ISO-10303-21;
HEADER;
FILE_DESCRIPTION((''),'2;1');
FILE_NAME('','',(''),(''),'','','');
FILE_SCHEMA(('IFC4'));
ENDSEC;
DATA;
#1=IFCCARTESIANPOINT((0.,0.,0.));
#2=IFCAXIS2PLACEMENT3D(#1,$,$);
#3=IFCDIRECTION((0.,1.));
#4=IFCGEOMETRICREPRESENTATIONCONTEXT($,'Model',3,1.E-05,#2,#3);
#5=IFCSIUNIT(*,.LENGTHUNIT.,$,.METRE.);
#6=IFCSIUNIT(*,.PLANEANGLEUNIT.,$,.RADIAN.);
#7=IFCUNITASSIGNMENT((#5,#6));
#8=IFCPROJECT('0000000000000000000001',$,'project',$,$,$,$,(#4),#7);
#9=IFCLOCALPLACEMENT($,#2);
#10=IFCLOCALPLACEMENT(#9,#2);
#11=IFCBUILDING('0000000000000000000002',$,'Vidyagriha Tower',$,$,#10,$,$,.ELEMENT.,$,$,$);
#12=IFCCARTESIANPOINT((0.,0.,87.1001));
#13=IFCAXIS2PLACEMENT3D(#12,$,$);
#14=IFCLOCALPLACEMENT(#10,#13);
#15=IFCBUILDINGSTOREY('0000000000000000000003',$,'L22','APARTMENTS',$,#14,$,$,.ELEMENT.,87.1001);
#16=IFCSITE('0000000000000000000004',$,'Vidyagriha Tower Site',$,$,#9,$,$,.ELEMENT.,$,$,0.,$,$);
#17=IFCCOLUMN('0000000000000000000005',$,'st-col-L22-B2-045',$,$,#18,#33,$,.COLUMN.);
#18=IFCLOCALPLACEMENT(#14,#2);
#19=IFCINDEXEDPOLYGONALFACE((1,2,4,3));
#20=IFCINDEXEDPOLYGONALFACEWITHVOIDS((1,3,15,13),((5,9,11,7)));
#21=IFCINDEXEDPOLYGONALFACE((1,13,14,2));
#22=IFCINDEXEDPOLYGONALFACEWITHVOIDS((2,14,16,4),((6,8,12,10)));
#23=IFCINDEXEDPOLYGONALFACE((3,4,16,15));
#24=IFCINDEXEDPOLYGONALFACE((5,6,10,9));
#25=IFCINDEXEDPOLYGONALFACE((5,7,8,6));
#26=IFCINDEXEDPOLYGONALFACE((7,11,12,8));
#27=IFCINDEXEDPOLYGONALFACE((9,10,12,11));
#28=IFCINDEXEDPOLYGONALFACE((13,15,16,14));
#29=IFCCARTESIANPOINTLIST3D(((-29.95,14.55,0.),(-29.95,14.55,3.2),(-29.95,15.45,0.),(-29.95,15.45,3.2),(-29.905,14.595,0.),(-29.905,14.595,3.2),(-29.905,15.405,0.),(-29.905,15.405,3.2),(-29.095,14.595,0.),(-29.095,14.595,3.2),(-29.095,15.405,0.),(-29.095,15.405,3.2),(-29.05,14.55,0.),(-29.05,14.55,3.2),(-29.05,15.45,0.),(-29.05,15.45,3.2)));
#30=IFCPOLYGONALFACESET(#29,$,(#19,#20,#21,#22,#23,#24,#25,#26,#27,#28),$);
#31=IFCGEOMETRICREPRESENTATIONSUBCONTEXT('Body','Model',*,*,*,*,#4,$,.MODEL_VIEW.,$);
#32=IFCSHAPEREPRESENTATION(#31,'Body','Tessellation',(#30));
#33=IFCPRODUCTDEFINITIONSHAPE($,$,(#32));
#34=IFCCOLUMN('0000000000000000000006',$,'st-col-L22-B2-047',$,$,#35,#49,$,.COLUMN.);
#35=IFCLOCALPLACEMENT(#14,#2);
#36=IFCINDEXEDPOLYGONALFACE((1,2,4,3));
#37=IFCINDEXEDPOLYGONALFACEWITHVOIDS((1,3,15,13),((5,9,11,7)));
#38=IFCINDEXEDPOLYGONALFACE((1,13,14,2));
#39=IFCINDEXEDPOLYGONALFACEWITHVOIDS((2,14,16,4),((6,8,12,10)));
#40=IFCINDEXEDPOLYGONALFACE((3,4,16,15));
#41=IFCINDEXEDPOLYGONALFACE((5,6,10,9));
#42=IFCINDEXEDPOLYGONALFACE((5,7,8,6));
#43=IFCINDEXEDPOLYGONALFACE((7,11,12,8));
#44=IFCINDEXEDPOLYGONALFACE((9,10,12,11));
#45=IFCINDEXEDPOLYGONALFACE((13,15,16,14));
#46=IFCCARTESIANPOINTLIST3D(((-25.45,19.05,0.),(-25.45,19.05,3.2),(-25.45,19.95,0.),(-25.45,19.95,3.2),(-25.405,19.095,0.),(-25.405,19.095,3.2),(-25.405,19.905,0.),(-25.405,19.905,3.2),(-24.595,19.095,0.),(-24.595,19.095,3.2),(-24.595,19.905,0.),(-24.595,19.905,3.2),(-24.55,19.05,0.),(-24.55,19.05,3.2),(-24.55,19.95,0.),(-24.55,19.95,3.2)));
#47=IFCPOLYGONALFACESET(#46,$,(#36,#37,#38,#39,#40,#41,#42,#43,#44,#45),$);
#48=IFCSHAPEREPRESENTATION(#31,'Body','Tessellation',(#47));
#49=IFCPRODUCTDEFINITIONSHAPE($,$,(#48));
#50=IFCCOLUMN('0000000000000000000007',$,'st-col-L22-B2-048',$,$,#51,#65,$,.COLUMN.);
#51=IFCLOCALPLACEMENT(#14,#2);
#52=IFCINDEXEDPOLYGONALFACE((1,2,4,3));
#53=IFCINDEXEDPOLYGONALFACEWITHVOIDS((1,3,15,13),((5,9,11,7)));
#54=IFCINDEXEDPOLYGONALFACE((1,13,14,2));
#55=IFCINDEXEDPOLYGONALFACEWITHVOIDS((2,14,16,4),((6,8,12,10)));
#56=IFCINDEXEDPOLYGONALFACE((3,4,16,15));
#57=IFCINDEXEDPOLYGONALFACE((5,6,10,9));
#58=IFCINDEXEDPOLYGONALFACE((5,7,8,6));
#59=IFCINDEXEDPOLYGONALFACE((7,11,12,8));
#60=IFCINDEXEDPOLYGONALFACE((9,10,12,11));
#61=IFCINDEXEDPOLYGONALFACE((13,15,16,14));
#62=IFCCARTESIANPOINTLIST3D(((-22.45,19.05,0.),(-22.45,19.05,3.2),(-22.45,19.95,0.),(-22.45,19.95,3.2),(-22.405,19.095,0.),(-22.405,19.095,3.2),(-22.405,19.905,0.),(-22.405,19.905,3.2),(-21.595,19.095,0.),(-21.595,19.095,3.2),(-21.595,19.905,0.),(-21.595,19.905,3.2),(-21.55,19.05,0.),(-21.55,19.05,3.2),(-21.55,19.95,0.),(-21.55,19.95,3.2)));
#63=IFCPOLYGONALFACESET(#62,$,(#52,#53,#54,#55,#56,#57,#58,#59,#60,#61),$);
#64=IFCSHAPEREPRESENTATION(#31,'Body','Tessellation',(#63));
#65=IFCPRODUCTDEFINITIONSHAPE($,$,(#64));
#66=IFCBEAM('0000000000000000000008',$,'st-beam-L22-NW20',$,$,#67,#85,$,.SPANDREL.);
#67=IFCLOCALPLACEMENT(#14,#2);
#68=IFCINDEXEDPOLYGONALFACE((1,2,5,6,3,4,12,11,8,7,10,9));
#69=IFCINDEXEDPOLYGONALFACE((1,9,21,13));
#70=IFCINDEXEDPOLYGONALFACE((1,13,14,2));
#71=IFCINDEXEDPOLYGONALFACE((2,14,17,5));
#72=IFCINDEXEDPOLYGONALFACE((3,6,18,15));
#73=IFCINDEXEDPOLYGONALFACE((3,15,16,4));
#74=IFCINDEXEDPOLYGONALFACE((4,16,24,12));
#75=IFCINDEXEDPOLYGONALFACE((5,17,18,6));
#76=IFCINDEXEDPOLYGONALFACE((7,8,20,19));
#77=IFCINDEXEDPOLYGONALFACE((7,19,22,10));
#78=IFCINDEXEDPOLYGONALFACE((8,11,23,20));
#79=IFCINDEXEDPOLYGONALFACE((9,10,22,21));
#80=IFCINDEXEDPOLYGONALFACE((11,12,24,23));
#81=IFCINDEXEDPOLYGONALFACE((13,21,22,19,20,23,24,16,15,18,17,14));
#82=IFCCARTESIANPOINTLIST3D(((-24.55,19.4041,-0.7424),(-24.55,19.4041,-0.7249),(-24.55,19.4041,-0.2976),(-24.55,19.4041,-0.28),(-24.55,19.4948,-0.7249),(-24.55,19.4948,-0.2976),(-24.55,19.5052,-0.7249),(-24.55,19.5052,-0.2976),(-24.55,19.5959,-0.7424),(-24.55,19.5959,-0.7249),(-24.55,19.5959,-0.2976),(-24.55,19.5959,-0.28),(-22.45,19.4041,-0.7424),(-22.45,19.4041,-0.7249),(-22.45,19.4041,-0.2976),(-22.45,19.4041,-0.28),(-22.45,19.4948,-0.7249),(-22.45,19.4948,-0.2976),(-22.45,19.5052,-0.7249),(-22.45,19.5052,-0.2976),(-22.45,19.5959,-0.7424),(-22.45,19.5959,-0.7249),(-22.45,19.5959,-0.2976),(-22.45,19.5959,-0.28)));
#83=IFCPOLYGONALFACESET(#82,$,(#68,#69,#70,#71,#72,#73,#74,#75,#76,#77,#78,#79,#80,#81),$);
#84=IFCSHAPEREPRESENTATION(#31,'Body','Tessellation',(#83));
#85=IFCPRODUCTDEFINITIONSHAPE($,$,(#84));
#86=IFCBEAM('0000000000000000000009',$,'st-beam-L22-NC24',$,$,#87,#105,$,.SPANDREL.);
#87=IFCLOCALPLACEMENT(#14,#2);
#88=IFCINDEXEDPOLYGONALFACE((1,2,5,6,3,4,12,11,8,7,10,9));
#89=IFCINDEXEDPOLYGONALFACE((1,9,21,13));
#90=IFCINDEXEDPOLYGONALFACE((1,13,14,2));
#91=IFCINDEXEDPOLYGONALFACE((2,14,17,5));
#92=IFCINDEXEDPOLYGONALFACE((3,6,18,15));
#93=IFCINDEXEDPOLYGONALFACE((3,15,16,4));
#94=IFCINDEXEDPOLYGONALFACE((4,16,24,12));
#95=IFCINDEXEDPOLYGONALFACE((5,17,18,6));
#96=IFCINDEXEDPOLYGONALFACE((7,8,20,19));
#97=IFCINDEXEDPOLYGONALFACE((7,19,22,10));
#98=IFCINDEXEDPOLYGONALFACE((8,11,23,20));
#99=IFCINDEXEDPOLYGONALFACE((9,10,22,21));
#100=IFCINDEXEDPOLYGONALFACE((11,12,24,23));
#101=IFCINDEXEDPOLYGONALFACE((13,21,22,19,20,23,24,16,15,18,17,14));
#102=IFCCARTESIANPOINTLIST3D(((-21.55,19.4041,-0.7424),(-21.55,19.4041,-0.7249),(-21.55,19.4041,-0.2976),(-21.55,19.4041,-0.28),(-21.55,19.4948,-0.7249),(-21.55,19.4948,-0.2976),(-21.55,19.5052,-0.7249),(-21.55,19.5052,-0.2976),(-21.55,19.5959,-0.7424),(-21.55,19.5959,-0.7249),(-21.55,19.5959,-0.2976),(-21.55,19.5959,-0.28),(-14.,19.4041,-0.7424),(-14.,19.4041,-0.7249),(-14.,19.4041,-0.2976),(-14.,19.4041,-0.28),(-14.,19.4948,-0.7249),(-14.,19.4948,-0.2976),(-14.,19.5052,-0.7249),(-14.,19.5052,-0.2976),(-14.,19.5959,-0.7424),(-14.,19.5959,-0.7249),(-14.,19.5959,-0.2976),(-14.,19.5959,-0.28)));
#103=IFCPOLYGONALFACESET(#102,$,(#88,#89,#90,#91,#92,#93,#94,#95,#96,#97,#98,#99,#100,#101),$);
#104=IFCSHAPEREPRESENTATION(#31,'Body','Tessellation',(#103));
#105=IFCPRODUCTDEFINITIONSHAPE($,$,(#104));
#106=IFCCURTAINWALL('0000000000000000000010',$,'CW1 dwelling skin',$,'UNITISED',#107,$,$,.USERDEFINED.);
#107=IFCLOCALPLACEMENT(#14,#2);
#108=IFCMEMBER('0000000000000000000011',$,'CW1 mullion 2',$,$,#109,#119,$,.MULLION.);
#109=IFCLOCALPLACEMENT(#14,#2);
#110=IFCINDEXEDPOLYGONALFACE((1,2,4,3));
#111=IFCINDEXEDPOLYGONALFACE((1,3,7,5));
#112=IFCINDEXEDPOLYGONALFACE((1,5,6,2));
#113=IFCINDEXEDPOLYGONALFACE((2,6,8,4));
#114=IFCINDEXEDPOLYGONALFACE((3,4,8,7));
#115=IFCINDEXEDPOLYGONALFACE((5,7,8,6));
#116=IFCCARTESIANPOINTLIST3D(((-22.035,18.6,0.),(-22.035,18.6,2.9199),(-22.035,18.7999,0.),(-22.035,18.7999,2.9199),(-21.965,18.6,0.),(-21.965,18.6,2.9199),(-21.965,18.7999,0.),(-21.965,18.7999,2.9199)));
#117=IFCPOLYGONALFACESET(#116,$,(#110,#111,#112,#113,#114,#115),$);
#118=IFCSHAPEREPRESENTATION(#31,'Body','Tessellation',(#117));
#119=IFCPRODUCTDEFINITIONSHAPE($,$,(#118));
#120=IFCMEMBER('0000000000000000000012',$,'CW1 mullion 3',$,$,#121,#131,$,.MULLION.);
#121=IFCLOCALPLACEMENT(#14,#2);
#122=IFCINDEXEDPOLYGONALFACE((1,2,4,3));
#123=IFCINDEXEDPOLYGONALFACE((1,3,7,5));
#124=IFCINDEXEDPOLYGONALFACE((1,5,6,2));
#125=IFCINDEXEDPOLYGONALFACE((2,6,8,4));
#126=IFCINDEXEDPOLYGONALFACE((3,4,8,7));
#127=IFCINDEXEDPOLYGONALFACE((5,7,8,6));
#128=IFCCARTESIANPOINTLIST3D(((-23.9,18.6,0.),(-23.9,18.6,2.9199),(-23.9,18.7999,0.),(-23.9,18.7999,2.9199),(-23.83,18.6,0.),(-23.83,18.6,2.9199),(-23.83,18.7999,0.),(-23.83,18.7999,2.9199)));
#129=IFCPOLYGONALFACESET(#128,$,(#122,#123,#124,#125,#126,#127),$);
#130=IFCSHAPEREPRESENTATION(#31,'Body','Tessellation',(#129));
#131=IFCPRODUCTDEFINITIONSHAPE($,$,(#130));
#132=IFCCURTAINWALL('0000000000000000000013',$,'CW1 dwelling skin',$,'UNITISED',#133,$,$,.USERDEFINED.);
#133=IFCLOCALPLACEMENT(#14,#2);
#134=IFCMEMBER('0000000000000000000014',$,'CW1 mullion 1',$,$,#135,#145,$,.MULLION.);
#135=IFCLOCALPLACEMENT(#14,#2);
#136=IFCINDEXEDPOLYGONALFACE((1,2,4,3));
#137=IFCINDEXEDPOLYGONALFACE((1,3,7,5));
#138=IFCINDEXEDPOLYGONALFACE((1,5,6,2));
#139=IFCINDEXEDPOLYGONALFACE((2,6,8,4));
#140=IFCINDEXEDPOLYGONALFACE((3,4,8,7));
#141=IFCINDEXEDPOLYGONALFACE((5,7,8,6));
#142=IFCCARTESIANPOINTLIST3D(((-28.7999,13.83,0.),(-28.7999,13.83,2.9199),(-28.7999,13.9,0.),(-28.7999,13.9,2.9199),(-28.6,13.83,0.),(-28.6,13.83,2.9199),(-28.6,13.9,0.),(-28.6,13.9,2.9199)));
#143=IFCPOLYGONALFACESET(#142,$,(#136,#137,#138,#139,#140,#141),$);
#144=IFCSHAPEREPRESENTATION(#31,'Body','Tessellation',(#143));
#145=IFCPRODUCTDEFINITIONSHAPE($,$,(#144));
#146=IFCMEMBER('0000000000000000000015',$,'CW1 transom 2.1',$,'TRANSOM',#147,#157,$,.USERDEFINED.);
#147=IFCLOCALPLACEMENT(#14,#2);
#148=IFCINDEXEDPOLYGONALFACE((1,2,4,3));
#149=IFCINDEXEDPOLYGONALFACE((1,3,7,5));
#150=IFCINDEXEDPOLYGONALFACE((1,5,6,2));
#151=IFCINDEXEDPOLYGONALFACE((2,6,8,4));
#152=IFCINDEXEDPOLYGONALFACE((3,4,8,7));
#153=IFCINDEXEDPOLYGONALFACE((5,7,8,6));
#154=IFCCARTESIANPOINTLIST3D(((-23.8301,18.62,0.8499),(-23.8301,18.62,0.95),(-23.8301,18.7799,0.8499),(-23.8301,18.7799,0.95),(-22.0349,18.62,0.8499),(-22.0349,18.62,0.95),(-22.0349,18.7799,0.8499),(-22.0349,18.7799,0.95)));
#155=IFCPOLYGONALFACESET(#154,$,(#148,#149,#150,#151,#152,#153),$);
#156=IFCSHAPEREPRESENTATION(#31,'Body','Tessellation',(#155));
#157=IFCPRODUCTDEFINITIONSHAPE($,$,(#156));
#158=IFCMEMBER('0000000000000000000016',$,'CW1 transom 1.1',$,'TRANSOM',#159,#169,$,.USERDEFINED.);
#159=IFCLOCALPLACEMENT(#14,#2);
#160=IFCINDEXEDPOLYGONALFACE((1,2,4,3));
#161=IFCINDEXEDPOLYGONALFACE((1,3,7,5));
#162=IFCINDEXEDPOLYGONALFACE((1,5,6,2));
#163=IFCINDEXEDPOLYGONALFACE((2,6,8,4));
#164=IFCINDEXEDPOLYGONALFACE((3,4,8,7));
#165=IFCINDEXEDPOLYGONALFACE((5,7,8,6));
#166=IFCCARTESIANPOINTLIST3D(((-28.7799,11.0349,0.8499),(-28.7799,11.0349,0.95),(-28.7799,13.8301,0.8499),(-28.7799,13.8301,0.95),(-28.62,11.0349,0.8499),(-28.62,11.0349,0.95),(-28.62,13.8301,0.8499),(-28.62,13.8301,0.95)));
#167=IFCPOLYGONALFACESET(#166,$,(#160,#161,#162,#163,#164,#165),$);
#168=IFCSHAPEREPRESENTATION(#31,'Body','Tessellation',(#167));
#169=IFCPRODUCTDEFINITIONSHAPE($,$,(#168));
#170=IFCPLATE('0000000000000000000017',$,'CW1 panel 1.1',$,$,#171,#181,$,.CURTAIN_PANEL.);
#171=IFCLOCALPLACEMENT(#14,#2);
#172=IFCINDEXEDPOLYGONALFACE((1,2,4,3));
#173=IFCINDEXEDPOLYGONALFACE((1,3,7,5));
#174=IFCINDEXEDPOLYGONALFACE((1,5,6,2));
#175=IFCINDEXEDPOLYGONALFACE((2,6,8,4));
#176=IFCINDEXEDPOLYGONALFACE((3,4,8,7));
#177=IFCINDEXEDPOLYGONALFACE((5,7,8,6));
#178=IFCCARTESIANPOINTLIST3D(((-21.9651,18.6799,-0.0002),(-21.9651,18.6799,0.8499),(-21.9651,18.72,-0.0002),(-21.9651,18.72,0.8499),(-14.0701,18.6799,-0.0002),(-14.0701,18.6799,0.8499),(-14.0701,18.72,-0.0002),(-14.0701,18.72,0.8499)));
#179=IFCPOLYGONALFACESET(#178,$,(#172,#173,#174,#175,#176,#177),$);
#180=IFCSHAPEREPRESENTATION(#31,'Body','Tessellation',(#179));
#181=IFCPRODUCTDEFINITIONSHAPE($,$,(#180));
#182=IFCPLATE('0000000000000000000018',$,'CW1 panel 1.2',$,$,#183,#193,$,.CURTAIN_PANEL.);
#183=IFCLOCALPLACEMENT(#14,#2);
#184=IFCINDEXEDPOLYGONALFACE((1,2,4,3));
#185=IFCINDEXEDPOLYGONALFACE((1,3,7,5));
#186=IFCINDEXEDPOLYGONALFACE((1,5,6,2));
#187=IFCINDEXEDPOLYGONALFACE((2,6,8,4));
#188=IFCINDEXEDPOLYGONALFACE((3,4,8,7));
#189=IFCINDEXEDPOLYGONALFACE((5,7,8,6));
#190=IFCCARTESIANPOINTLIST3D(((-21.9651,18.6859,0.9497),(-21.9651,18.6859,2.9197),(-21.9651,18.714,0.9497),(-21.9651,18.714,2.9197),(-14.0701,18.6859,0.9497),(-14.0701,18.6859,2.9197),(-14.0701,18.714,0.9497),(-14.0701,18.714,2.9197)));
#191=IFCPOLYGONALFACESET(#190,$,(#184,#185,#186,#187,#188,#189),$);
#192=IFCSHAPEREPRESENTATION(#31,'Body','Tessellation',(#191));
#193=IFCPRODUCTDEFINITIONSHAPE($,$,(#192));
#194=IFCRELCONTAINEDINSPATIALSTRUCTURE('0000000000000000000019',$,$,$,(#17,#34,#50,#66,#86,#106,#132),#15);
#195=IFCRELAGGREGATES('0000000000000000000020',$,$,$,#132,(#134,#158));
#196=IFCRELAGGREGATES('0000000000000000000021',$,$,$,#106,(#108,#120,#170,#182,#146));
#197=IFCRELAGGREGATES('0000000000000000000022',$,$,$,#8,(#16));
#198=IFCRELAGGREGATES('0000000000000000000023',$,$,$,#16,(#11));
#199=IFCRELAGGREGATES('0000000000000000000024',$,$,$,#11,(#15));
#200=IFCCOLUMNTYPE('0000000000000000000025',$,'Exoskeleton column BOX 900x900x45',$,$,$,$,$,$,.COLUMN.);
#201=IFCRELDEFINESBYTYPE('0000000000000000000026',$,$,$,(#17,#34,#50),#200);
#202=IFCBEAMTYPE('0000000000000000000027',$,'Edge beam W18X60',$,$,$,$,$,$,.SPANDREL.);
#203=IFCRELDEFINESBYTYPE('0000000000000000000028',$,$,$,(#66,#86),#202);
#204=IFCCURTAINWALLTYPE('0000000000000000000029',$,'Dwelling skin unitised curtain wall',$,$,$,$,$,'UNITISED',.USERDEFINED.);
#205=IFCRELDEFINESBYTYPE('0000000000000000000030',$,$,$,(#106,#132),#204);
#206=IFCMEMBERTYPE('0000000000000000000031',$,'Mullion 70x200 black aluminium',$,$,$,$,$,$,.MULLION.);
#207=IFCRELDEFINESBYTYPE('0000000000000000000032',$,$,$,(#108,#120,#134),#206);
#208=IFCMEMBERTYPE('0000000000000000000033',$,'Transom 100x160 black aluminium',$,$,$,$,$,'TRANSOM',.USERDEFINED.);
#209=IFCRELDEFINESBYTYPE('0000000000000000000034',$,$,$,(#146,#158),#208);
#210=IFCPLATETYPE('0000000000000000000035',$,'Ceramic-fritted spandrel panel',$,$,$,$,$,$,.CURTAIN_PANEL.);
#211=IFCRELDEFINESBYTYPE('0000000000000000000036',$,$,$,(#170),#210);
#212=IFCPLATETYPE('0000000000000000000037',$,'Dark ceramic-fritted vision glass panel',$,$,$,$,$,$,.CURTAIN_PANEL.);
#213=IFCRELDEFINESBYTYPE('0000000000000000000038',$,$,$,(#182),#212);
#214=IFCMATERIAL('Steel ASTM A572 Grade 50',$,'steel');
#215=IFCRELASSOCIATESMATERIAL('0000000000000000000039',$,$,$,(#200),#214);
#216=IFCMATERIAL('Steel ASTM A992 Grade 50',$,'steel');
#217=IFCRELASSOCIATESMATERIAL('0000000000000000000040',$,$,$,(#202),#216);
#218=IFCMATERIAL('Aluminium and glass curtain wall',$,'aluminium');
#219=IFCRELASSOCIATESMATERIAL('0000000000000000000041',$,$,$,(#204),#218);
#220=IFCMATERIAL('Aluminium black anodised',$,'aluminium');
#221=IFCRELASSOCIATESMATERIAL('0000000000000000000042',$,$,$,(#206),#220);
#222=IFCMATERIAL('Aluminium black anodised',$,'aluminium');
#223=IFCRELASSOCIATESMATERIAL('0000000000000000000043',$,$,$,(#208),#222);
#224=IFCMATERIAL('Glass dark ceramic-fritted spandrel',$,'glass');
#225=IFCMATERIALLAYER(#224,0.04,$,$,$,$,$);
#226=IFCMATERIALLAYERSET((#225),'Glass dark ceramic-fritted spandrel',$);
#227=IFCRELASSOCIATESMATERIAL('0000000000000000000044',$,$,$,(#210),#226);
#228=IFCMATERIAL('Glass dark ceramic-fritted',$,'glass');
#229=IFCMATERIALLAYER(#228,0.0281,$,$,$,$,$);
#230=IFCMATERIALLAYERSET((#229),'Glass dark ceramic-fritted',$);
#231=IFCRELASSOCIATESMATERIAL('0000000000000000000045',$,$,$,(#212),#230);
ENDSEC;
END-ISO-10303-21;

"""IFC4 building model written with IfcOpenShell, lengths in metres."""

from ifc_helpers import new_model, si_unit, direction, frame, origin, origin_2d, place, context, subcontext, project, spatial, rectangle, hollow_rectangle, i_section, extrude, material, layer, layer_set, material_profile, profile_set, type_object, element, aggregate, save


model = new_model("IFC4")

# Units and contexts
model_context = context("Model", 3, precision=1e-05, world=origin(), true_north=direction((0.0, 1.0)))
body_context = subcontext(model_context, "Body", "Model", "MODEL_VIEW")
ifc_project = project(units=[si_unit("LENGTHUNIT", "METRE"), si_unit("PLANEANGLEUNIT", "RADIAN")], contexts=[model_context])

# Site, building, storey
site_placement = place(None, origin())
site = spatial("IfcSite", under=ifc_project, at=site_placement, Name="Vidyagriha Tower Site", CompositionType="ELEMENT", RefElevation=0.0)
building_placement = place(site_placement, origin())
building = spatial("IfcBuilding", under=site, at=building_placement, Name="Vidyagriha Tower", CompositionType="ELEMENT")
storey_placement = place(building_placement, frame((0.0, 0.0, 87.1001)))
storey = spatial("IfcBuildingStorey", under=building, at=storey_placement, Name="L22", Description="APARTMENTS", CompositionType="ELEMENT", Elevation=87.1001)

# Columns
ifc_material_1 = material(Name="Steel ASTM A572 Grade 50", Category="steel")
ifc_material_profile_1 = material_profile(ifc_material_1, hollow_rectangle(XDim=0.8999, YDim=0.8999, WallThickness=0.0449, at=origin_2d()), Name="BOX 900x900x45")
ifc_profile_set_1 = profile_set([ifc_material_profile_1], Name="Steel ASTM A572 Grade 50")
column_type = type_object("IfcColumnType", Name="Exoskeleton column BOX 900x900x45", PredefinedType="COLUMN", material=ifc_profile_set_1)
for number, where, name in (
    (1, (-29.5, 15.0, 0.0), "st-col-L22-B2-045"),
    (2, (-25.0, 19.5, 0.0), "st-col-L22-B2-047"),
    (3, (-22.0, 19.5, 0.0), "st-col-L22-B2-048"),
):
    element("IfcColumn", number, at=place(storey_placement, frame(where)), inside=storey, type_object=column_type, Name=name, PredefinedType="COLUMN", context=body_context, shape_type="SweptSolid", body=[
        extrude(hollow_rectangle(XDim=0.8999, YDim=0.8999, WallThickness=0.0449, at=origin_2d()), origin(), (0.0, 0.0, 1.0), 3.2),
    ])

# Beams
ifc_material_2 = material(Name="Steel ASTM A992 Grade 50", Category="steel")
ifc_material_profile_2 = material_profile(ifc_material_2, i_section(OverallWidth=0.1919, OverallDepth=0.4624, WebThickness=0.0105, FlangeThickness=0.0176, at=origin_2d()), Name="W18X60")
ifc_profile_set_2 = profile_set([ifc_material_profile_2], Name="Steel ASTM A992 Grade 50")
beam_type = type_object("IfcBeamType", Name="Edge beam W18X60", PredefinedType="SPANDREL", material=ifc_profile_set_2)
beam_1_placement = place(storey_placement, frame((-24.55, 19.5, -0.5112), z_axis=(1.0, 0.0, 0.0), x_axis=(0.0, 1.0, 0.0)))
element("IfcBeam", 4, at=beam_1_placement, inside=storey, type_object=beam_type, Name="st-beam-L22-NW20", PredefinedType="SPANDREL", context=body_context, shape_type="SweptSolid", body=[
    extrude(i_section(OverallWidth=0.1919, OverallDepth=0.4624, WebThickness=0.0105, FlangeThickness=0.0176, at=origin_2d()), origin(), (0.0, 0.0, 1.0), 2.1001),
])
beam_2_placement = place(storey_placement, frame((-21.55, 19.5, -0.5112), z_axis=(1.0, 0.0, 0.0), x_axis=(0.0, 1.0, 0.0)))
element("IfcBeam", 5, at=beam_2_placement, inside=storey, type_object=beam_type, Name="st-beam-L22-NC24", PredefinedType="SPANDREL", context=body_context, shape_type="SweptSolid", body=[
    extrude(i_section(OverallWidth=0.1919, OverallDepth=0.4624, WebThickness=0.0105, FlangeThickness=0.0176, at=origin_2d()), origin(), (0.0, 0.0, 1.0), 7.55),
])

# Curtain wall, members
ifc_material_3 = material(Name="Aluminium and glass curtain wall", Category="aluminium")
curtain_wall_type = type_object("IfcCurtainWallType", Name="Dwelling skin unitised curtain wall", ElementType="UNITISED", PredefinedType="USERDEFINED", material=ifc_material_3)
curtain_wall_1_placement = place(storey_placement, origin())
curtain_wall_1 = element("IfcCurtainWall", 6, at=curtain_wall_1_placement, inside=storey, type_object=curtain_wall_type, Name="CW1 dwelling skin", ObjectType="UNITISED", PredefinedType="USERDEFINED")
ifc_material_4 = material(Name="Aluminium black anodised", Category="aluminium")
ifc_material_profile_3 = material_profile(ifc_material_4, rectangle(XDim=0.2, YDim=0.0701, at=origin_2d()), Name="Mullion 70x200 black aluminium")
ifc_profile_set_3 = profile_set([ifc_material_profile_3], Name="Aluminium black anodised")
member_type_1 = type_object("IfcMemberType", Name="Mullion 70x200 black aluminium", PredefinedType="MULLION", material=ifc_profile_set_3)
member_1_placement = place(storey_placement, frame((-22.0, 18.7, 0.0), z_axis=(0.0, 0.0, 1.0), x_axis=(0.0, -1.0, 0.0)))
member_1 = element("IfcMember", 7, at=member_1_placement, type_object=member_type_1, Name="CW1 mullion 2", PredefinedType="MULLION", context=body_context, shape_type="SweptSolid", body=[
    extrude(rectangle(XDim=0.2, YDim=0.0701, at=origin_2d()), origin(), (0.0, 0.0, 1.0), 2.9199),
])
member_2_placement = place(storey_placement, frame((-23.865, 18.7, 0.0), z_axis=(0.0, 0.0, 1.0), x_axis=(0.0, -1.0, 0.0)))
member_2 = element("IfcMember", 8, at=member_2_placement, type_object=member_type_1, Name="CW1 mullion 3", PredefinedType="MULLION", context=body_context, shape_type="SweptSolid", body=[
    extrude(rectangle(XDim=0.2, YDim=0.0701, at=origin_2d()), origin(), (0.0, 0.0, 1.0), 2.9199),
])

# Curtain wall, member
curtain_wall_2_placement = place(storey_placement, origin())
curtain_wall_2 = element("IfcCurtainWall", 9, at=curtain_wall_2_placement, inside=storey, type_object=curtain_wall_type, Name="CW1 dwelling skin", ObjectType="UNITISED", PredefinedType="USERDEFINED")
member_3_placement = place(storey_placement, frame((-28.7, 13.865, 0.0)))
member_3 = element("IfcMember", 10, at=member_3_placement, type_object=member_type_1, Name="CW1 mullion 1", PredefinedType="MULLION", context=body_context, shape_type="SweptSolid", body=[
    extrude(rectangle(XDim=0.2, YDim=0.0701, at=origin_2d()), origin(), (0.0, 0.0, 1.0), 2.9199),
])

# Members
ifc_material_5 = material(Name="Aluminium black anodised", Category="aluminium")
ifc_material_profile_4 = material_profile(ifc_material_5, rectangle(XDim=0.1599, YDim=0.1001, at=origin_2d()), Name="Transom 100x160 black aluminium")
ifc_profile_set_4 = profile_set([ifc_material_profile_4], Name="Aluminium black anodised")
member_type_2 = type_object("IfcMemberType", Name="Transom 100x160 black aluminium", ElementType="TRANSOM", PredefinedType="USERDEFINED", material=ifc_profile_set_4)
member_4_placement = place(storey_placement, frame((-22.0349, 18.7, 0.8999), z_axis=(-1.0, 0.0, 0.0), x_axis=(0.0, -1.0, 0.0)))
member_4 = element("IfcMember", 11, at=member_4_placement, type_object=member_type_2, Name="CW1 transom 2.1", ObjectType="TRANSOM", PredefinedType="USERDEFINED", context=body_context, shape_type="SweptSolid", body=[
    extrude(rectangle(XDim=0.1599, YDim=0.1001, at=origin_2d()), origin(), (0.0, 0.0, 1.0), 1.7952),
])
member_5_placement = place(storey_placement, frame((-28.7, 13.8301, 0.8999), z_axis=(0.0, -1.0, 0.0), x_axis=(1.0, 0.0, 0.0)))
member_5 = element("IfcMember", 12, at=member_5_placement, type_object=member_type_2, Name="CW1 transom 1.1", ObjectType="TRANSOM", PredefinedType="USERDEFINED", context=body_context, shape_type="SweptSolid", body=[
    extrude(rectangle(XDim=0.1599, YDim=0.1001, at=origin_2d()), origin(), (0.0, 0.0, 1.0), 2.7952),
])

# Plates
ifc_material_6 = material(Name="Glass dark ceramic-fritted spandrel", Category="glass")
ifc_layer_1 = layer(ifc_material_6, 0.04)
ifc_layer_set_1 = layer_set([ifc_layer_1], Name="Glass dark ceramic-fritted spandrel")
plate_type_1 = type_object("IfcPlateType", Name="Ceramic-fritted spandrel panel", PredefinedType="CURTAIN_PANEL", material=ifc_layer_set_1)
plate_1_placement = place(storey_placement, frame((-18.0176, 18.7, -0.0002), z_axis=(0.0, 0.0, 1.0), x_axis=(-1.0, 0.0, 0.0)))
plate_1 = element("IfcPlate", 13, at=plate_1_placement, type_object=plate_type_1, Name="CW1 panel 1.1", PredefinedType="CURTAIN_PANEL", context=body_context, shape_type="SweptSolid", body=[
    extrude(rectangle(XDim=7.895, YDim=0.04, at=origin_2d()), origin(), (0.0, 0.0, 1.0), 0.8501),
])
ifc_material_7 = material(Name="Glass dark ceramic-fritted", Category="glass")
ifc_layer_2 = layer(ifc_material_7, 0.0281)
ifc_layer_set_2 = layer_set([ifc_layer_2], Name="Glass dark ceramic-fritted")
plate_type_2 = type_object("IfcPlateType", Name="Dark ceramic-fritted vision glass panel", PredefinedType="CURTAIN_PANEL", material=ifc_layer_set_2)
plate_2_placement = place(storey_placement, frame((-18.0176, 18.7, 0.9497), z_axis=(0.0, 0.0, 1.0), x_axis=(-1.0, 0.0, 0.0)))
plate_2 = element("IfcPlate", 14, at=plate_2_placement, type_object=plate_type_2, Name="CW1 panel 1.2", PredefinedType="CURTAIN_PANEL", context=body_context, shape_type="SweptSolid", body=[
    extrude(rectangle(XDim=7.895, YDim=0.0281, at=origin_2d()), origin(), (0.0, 0.0, 1.0), 1.97),
])
aggregate(curtain_wall_2, [member_3, member_5])
aggregate(curtain_wall_1, [member_1, member_2, plate_1, plate_2, member_4])

save(model, "model.ifc")
